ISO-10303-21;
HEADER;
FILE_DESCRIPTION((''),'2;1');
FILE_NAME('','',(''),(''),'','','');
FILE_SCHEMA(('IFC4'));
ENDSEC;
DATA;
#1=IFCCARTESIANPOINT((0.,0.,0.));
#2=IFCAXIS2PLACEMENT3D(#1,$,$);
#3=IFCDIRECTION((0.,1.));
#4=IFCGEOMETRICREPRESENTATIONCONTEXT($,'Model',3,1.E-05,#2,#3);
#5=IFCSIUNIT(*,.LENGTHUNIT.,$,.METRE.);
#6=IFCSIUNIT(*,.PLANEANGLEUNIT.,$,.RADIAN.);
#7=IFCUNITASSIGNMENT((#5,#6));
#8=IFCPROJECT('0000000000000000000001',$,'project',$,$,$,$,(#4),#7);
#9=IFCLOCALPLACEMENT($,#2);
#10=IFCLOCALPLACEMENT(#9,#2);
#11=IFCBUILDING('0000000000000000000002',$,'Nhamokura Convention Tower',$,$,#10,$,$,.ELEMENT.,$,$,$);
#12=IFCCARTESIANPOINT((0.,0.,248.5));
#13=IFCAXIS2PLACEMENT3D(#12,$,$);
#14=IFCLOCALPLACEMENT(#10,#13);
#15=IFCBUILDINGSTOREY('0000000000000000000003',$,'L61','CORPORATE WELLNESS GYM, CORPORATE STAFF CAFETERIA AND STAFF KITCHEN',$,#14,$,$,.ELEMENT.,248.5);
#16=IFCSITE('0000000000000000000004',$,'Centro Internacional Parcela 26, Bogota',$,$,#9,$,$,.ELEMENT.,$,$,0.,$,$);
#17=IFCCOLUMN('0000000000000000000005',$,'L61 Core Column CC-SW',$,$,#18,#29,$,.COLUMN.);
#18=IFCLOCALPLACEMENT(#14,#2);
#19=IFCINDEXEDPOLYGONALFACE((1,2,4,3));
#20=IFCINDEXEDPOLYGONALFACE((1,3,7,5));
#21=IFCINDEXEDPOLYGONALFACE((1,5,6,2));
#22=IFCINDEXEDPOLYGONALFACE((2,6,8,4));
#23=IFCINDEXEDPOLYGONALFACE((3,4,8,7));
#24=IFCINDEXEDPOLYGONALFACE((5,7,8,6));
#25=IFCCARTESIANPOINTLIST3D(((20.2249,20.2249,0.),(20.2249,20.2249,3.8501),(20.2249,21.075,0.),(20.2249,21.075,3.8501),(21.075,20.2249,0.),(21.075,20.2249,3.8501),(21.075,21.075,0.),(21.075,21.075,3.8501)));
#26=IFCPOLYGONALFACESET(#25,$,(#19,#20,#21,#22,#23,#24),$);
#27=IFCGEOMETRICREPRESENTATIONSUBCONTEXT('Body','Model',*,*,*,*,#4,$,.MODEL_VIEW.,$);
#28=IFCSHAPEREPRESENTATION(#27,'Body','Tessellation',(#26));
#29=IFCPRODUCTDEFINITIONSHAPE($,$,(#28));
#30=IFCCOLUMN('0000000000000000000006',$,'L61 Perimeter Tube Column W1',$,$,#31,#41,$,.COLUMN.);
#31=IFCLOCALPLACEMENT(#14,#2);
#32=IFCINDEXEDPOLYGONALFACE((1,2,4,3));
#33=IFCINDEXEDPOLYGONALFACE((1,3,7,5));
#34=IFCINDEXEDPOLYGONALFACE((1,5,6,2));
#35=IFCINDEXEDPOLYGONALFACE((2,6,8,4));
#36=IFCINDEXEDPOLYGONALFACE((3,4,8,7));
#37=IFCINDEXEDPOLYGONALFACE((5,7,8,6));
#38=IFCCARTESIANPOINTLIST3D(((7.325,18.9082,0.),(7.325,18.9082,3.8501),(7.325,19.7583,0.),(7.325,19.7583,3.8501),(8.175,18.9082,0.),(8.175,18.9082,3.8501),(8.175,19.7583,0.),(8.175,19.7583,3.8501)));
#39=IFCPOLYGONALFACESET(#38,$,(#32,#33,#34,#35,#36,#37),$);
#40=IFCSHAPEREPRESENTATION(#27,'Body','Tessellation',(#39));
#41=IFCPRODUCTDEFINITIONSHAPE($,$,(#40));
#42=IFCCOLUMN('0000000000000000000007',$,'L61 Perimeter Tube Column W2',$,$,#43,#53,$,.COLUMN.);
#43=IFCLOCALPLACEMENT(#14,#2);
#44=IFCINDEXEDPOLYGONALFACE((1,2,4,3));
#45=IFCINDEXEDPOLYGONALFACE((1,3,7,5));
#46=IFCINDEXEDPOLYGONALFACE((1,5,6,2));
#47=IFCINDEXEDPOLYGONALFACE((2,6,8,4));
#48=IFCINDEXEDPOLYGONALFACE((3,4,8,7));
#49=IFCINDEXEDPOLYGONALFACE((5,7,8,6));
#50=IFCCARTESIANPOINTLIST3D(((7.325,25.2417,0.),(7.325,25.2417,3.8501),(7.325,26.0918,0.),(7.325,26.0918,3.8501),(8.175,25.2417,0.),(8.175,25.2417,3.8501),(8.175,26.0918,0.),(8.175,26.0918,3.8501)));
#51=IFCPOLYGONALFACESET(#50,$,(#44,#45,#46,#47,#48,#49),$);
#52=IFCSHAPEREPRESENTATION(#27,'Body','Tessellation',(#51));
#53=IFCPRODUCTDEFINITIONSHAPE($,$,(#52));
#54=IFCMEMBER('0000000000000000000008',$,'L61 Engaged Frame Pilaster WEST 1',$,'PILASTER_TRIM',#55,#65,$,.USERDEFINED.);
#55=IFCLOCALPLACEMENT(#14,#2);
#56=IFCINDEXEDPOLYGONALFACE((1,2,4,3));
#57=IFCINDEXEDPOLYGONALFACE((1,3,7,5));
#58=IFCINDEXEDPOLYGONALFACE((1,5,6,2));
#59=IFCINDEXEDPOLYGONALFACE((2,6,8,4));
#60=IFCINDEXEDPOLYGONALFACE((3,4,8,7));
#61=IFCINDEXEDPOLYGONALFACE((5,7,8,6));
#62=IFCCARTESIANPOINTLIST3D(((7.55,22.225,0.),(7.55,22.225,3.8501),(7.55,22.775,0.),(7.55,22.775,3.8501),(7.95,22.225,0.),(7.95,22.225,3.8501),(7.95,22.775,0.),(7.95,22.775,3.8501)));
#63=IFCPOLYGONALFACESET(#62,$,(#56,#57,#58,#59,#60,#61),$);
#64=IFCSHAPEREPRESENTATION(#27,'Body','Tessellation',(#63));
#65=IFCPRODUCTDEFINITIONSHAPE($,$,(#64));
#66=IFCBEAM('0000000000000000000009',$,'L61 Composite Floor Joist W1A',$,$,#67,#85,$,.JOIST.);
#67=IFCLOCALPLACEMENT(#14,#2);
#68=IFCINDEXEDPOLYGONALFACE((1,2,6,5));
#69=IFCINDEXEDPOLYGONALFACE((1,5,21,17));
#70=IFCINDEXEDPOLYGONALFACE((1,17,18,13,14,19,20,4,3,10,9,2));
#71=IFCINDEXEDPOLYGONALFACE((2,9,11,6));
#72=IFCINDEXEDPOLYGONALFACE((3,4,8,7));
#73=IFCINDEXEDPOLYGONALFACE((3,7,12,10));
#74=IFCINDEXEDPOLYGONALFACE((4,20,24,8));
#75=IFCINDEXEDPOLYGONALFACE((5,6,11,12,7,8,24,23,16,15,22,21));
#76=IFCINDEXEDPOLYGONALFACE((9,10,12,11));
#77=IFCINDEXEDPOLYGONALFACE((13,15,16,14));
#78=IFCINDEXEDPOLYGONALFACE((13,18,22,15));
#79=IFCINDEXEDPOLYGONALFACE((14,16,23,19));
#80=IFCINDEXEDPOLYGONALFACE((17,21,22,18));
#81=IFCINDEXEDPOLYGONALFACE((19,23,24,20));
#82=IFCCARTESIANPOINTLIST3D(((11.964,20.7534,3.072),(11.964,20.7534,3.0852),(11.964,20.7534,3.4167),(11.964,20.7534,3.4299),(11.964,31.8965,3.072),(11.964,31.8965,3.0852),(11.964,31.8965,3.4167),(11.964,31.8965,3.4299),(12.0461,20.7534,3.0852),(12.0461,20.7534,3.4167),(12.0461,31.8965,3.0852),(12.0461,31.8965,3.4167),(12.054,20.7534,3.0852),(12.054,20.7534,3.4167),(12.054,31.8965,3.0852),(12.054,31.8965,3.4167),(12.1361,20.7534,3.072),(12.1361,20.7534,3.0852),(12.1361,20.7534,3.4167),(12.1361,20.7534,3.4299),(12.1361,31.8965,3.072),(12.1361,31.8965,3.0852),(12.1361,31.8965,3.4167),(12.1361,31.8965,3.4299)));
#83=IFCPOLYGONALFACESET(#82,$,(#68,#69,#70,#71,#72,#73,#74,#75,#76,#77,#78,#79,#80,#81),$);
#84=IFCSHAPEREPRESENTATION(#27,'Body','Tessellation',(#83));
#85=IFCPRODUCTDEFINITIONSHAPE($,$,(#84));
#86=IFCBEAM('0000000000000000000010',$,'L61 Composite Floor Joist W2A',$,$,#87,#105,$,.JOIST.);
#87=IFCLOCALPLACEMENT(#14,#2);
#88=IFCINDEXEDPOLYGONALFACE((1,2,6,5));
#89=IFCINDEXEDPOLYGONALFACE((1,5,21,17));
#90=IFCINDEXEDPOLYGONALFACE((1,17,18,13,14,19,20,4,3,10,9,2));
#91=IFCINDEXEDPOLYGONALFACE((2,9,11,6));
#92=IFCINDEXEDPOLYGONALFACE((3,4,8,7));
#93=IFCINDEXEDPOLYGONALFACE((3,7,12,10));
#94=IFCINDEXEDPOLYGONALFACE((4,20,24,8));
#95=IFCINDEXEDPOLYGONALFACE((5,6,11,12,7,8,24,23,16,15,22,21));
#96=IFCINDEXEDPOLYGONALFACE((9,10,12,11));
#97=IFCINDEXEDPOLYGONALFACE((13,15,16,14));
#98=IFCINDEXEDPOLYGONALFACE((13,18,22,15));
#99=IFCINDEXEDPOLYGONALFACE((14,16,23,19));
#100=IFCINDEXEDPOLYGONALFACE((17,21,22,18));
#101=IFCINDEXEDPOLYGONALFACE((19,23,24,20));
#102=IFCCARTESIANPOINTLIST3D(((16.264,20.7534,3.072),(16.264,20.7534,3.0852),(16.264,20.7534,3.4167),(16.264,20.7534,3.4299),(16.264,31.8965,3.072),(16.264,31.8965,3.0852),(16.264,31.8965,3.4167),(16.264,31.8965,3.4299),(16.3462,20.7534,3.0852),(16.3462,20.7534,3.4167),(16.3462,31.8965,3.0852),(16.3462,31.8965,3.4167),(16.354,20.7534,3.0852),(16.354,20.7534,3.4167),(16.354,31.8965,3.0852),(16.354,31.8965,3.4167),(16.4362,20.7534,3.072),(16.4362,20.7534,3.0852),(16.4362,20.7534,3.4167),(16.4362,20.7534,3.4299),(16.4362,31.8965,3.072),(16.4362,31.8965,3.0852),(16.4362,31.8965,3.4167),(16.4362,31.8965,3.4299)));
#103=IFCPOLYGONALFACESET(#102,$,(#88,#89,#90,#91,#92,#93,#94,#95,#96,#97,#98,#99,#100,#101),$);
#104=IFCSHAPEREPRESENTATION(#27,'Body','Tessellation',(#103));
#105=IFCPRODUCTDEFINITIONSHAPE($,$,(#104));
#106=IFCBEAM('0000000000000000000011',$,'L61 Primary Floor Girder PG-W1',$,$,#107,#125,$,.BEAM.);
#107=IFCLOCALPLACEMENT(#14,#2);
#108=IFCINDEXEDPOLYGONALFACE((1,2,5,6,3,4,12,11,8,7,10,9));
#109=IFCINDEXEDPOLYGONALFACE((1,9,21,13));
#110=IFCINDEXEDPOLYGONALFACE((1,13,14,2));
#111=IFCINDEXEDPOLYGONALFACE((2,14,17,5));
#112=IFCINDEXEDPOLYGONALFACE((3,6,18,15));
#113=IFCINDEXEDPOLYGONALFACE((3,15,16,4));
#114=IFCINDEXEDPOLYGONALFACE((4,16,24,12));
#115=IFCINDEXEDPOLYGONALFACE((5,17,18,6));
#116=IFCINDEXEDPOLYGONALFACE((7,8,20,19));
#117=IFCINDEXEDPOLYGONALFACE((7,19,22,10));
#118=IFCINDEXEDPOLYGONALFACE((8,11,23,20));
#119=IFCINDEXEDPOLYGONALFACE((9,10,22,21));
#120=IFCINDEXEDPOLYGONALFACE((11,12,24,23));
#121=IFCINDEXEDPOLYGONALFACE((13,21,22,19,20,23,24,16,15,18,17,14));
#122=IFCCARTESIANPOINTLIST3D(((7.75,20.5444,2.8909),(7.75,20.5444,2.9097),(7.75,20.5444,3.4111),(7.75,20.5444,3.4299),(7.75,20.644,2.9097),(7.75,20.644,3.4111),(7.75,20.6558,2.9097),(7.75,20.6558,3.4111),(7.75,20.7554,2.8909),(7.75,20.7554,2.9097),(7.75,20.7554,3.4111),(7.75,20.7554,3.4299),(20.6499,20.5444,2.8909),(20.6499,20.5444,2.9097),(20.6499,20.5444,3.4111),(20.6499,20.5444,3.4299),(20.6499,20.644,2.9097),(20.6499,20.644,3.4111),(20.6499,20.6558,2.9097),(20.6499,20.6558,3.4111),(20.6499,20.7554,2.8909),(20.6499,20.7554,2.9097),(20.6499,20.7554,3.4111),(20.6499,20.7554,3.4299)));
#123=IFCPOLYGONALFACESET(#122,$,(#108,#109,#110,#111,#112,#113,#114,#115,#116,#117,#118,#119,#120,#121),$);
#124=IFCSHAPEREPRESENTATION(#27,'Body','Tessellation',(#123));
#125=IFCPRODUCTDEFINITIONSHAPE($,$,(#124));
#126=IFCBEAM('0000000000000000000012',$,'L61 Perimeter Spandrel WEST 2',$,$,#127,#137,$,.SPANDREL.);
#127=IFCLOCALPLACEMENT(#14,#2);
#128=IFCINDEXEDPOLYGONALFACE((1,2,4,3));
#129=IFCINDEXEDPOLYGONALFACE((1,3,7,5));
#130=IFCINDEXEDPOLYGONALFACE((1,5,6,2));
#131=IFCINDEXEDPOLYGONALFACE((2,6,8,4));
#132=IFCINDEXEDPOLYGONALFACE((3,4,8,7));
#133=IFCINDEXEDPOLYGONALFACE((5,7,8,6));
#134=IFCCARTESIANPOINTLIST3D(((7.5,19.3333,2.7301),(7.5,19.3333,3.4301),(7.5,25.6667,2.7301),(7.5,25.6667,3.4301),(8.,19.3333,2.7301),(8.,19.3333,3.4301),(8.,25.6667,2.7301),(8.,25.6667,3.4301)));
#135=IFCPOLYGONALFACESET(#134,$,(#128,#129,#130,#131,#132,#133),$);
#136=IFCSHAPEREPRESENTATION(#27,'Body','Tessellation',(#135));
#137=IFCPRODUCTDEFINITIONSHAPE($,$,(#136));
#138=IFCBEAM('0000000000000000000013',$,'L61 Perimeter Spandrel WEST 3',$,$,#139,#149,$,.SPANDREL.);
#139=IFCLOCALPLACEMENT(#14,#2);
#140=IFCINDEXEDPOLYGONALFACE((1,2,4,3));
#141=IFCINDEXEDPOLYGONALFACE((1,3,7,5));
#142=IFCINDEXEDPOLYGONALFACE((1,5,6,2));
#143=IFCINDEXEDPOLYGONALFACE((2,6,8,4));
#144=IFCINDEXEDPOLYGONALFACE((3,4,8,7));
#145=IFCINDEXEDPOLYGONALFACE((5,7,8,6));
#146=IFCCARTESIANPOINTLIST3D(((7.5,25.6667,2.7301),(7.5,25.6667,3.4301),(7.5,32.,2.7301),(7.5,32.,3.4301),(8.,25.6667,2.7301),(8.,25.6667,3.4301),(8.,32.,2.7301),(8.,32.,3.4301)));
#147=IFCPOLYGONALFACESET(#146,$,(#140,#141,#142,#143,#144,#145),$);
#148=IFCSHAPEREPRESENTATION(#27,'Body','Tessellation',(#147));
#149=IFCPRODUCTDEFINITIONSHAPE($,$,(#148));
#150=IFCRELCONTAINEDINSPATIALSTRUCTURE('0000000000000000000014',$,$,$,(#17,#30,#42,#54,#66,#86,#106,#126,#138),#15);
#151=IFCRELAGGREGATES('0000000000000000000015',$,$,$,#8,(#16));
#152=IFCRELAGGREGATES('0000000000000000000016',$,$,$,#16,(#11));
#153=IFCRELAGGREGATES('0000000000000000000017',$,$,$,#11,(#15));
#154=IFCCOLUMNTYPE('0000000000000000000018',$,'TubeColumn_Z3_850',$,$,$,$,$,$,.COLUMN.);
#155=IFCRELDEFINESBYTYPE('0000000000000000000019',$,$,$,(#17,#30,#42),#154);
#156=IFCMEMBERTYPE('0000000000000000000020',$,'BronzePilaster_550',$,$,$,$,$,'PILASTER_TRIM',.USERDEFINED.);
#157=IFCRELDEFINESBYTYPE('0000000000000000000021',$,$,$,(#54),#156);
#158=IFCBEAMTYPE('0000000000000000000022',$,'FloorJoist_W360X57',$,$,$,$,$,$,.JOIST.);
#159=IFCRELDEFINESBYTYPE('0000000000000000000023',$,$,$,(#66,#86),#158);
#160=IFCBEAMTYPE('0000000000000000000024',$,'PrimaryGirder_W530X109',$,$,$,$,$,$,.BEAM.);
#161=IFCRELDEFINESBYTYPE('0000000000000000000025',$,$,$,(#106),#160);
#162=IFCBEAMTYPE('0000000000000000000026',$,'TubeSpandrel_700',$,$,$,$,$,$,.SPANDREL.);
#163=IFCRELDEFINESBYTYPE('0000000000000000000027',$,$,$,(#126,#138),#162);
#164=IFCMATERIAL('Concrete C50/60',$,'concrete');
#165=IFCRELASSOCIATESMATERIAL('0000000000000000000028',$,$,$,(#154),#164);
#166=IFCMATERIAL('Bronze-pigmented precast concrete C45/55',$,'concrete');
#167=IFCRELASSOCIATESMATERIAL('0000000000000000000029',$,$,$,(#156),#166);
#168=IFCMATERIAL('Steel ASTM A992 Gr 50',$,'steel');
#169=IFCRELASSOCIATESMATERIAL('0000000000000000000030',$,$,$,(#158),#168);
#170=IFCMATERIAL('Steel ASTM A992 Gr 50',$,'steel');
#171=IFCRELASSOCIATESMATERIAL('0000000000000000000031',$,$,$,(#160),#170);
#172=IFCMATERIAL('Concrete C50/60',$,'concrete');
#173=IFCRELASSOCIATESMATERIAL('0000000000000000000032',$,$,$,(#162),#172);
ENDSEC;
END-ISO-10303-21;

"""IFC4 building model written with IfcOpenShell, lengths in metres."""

from ifc_helpers import new_model, si_unit, direction, frame, origin, origin_2d, place, context, subcontext, project, spatial, rectangle, i_section, extrude, material, material_profile, profile_set, type_object, element, save


model = new_model("IFC4")

# Units and contexts
model_context = context("Model", 3, precision=1e-05, world=origin(), true_north=direction((0.0, 1.0)))
body_context = subcontext(model_context, "Body", "Model", "MODEL_VIEW")
ifc_project = project(units=[si_unit("LENGTHUNIT", "METRE"), si_unit("PLANEANGLEUNIT", "RADIAN")], contexts=[model_context])

# Site, building, storey
site_placement = place(None, origin())
site = spatial("IfcSite", under=ifc_project, at=site_placement, Name="Centro Internacional Parcela 26, Bogota", CompositionType="ELEMENT", RefElevation=0.0)
building_placement = place(site_placement, origin())
building = spatial("IfcBuilding", under=site, at=building_placement, Name="Nhamokura Convention Tower", CompositionType="ELEMENT")
storey_placement = place(building_placement, frame((0.0, 0.0, 248.5)))
storey = spatial("IfcBuildingStorey", under=building, at=storey_placement, Name="L61", Description="CORPORATE WELLNESS GYM, CORPORATE STAFF CAFETERIA AND STAFF KITCHEN", CompositionType="ELEMENT", Elevation=248.5)

# Columns
ifc_material_1 = material(Name="Concrete C50/60", Category="concrete")
ifc_material_profile_1 = material_profile(ifc_material_1, rectangle(XDim=0.8501, YDim=0.8501, at=origin_2d()))
ifc_profile_set_1 = profile_set([ifc_material_profile_1], Name="Concrete C50/60")
column_type = type_object("IfcColumnType", Name="TubeColumn_Z3_850", PredefinedType="COLUMN", material=ifc_profile_set_1)
for number, where, z_axis, x_axis, name in (
    (1, (20.6499, 20.6499, 0.0), (0.0, 0.0, 1.0), (1.0, 0.0, 0.0), "L61 Core Column CC-SW"),
    (2, (7.75, 19.3333, 0.0), (0.0, 0.0, 1.0), (1.0, 0.0, 0.0), "L61 Perimeter Tube Column W1"),
    (3, (7.75, 25.6667, 0.0), (0.0, 0.0, 1.0), (1.0, 0.0, 0.0), "L61 Perimeter Tube Column W2"),
):
    element("IfcColumn", number, at=place(storey_placement, frame(where, z_axis=z_axis, x_axis=x_axis)), inside=storey, type_object=column_type, Name=name, PredefinedType="COLUMN", context=body_context, shape_type="SweptSolid", body=[
        extrude(rectangle(XDim=0.8501, YDim=0.8501, at=origin_2d()), origin(), (0.0, 0.0, 1.0), 3.8501),
    ])

# Member
ifc_material_2 = material(Name="Bronze-pigmented precast concrete C45/55", Category="concrete")
ifc_material_profile_2 = material_profile(ifc_material_2, rectangle(XDim=0.3999, YDim=0.55, at=origin_2d()))
ifc_profile_set_2 = profile_set([ifc_material_profile_2], Name="Bronze-pigmented precast concrete C45/55")
member_type = type_object("IfcMemberType", Name="BronzePilaster_550", ElementType="PILASTER_TRIM", PredefinedType="USERDEFINED", material=ifc_profile_set_2)
member_placement = place(storey_placement, frame((7.75, 22.5, 0.0), z_axis=(0.0, 0.0, 1.0), x_axis=(1.0, 0.0, 0.0)))
element("IfcMember", 4, at=member_placement, inside=storey, type_object=member_type, Name="L61 Engaged Frame Pilaster WEST 1", ObjectType="PILASTER_TRIM", PredefinedType="USERDEFINED", context=body_context, shape_type="SweptSolid", body=[
    extrude(rectangle(XDim=0.3999, YDim=0.55, at=origin_2d()), origin(), (0.0, 0.0, 1.0), 3.8501),
])

# Beams
ifc_material_3 = material(Name="Steel ASTM A992 Gr 50", Category="steel")
ifc_material_profile_3 = material_profile(ifc_material_3, i_section(OverallWidth=0.1721, OverallDepth=0.3579, WebThickness=0.0078, FlangeThickness=0.0132, at=origin_2d()))
ifc_profile_set_3 = profile_set([ifc_material_profile_3], Name="Steel ASTM A992 Gr 50")
beam_type_1 = type_object("IfcBeamType", Name="FloorJoist_W360X57", PredefinedType="JOIST", material=ifc_profile_set_3)
for number, where, z_axis, x_axis, name in (
    (5, (12.05, 20.7534, 3.251), (0.0, 1.0, 0.0), (-1.0, 0.0, 0.0), "L61 Composite Floor Joist W1A"),
    (6, (16.3501, 20.7534, 3.251), (0.0, 1.0, 0.0), (-1.0, 0.0, 0.0), "L61 Composite Floor Joist W2A"),
):
    element("IfcBeam", number, at=place(storey_placement, frame(where, z_axis=z_axis, x_axis=x_axis)), inside=storey, type_object=beam_type_1, Name=name, PredefinedType="JOIST", context=body_context, shape_type="SweptSolid", body=[
        extrude(i_section(OverallWidth=0.1721, OverallDepth=0.3579, WebThickness=0.0078, FlangeThickness=0.0132, at=origin_2d()), origin(), (0.0, 0.0, 1.0), 11.1431),
    ])
ifc_material_4 = material(Name="Steel ASTM A992 Gr 50", Category="steel")
ifc_material_profile_4 = material_profile(ifc_material_4, i_section(OverallWidth=0.2109, OverallDepth=0.5391, WebThickness=0.0117, FlangeThickness=0.0188, at=origin_2d()))
ifc_profile_set_4 = profile_set([ifc_material_profile_4], Name="Steel ASTM A992 Gr 50")
beam_type_2 = type_object("IfcBeamType", Name="PrimaryGirder_W530X109", PredefinedType="BEAM", material=ifc_profile_set_4)
beam_1_placement = place(storey_placement, frame((7.75, 20.6499, 3.1604), z_axis=(1.0, 0.0, 0.0), x_axis=(0.0, 1.0, 0.0)))
element("IfcBeam", 7, at=beam_1_placement, inside=storey, type_object=beam_type_2, Name="L61 Primary Floor Girder PG-W1", PredefinedType="BEAM", context=body_context, shape_type="SweptSolid", body=[
    extrude(i_section(OverallWidth=0.2109, OverallDepth=0.5391, WebThickness=0.0117, FlangeThickness=0.0188, at=origin_2d()), origin(), (0.0, 0.0, 1.0), 12.8999),
])
ifc_material_5 = material(Name="Concrete C50/60", Category="concrete")
ifc_material_profile_5 = material_profile(ifc_material_5, rectangle(XDim=0.5, YDim=0.7, at=origin_2d()))
ifc_profile_set_5 = profile_set([ifc_material_profile_5], Name="Concrete C50/60")
beam_type_3 = type_object("IfcBeamType", Name="TubeSpandrel_700", PredefinedType="SPANDREL", material=ifc_profile_set_5)
beam_2_placement = place(storey_placement, frame((7.75, 19.3333, 3.0801), z_axis=(0.0, 1.0, 0.0), x_axis=(-1.0, 0.0, 0.0)))
element("IfcBeam", 8, at=beam_2_placement, inside=storey, type_object=beam_type_3, Name="L61 Perimeter Spandrel WEST 2", PredefinedType="SPANDREL", context=body_context, shape_type="SweptSolid", body=[
    extrude(rectangle(XDim=0.5, YDim=0.7, at=origin_2d()), origin(), (0.0, 0.0, 1.0), 6.3335),
])
beam_3_placement = place(storey_placement, frame((7.75, 25.6667, 3.0801), z_axis=(0.0, 1.0, 0.0), x_axis=(-1.0, 0.0, 0.0)))
element("IfcBeam", 9, at=beam_3_placement, inside=storey, type_object=beam_type_3, Name="L61 Perimeter Spandrel WEST 3", PredefinedType="SPANDREL", context=body_context, shape_type="SweptSolid", body=[
    extrude(rectangle(XDim=0.5, YDim=0.7, at=origin_2d()), origin(), (0.0, 0.0, 1.0), 6.3333),
])

save(model, "model.ifc")
